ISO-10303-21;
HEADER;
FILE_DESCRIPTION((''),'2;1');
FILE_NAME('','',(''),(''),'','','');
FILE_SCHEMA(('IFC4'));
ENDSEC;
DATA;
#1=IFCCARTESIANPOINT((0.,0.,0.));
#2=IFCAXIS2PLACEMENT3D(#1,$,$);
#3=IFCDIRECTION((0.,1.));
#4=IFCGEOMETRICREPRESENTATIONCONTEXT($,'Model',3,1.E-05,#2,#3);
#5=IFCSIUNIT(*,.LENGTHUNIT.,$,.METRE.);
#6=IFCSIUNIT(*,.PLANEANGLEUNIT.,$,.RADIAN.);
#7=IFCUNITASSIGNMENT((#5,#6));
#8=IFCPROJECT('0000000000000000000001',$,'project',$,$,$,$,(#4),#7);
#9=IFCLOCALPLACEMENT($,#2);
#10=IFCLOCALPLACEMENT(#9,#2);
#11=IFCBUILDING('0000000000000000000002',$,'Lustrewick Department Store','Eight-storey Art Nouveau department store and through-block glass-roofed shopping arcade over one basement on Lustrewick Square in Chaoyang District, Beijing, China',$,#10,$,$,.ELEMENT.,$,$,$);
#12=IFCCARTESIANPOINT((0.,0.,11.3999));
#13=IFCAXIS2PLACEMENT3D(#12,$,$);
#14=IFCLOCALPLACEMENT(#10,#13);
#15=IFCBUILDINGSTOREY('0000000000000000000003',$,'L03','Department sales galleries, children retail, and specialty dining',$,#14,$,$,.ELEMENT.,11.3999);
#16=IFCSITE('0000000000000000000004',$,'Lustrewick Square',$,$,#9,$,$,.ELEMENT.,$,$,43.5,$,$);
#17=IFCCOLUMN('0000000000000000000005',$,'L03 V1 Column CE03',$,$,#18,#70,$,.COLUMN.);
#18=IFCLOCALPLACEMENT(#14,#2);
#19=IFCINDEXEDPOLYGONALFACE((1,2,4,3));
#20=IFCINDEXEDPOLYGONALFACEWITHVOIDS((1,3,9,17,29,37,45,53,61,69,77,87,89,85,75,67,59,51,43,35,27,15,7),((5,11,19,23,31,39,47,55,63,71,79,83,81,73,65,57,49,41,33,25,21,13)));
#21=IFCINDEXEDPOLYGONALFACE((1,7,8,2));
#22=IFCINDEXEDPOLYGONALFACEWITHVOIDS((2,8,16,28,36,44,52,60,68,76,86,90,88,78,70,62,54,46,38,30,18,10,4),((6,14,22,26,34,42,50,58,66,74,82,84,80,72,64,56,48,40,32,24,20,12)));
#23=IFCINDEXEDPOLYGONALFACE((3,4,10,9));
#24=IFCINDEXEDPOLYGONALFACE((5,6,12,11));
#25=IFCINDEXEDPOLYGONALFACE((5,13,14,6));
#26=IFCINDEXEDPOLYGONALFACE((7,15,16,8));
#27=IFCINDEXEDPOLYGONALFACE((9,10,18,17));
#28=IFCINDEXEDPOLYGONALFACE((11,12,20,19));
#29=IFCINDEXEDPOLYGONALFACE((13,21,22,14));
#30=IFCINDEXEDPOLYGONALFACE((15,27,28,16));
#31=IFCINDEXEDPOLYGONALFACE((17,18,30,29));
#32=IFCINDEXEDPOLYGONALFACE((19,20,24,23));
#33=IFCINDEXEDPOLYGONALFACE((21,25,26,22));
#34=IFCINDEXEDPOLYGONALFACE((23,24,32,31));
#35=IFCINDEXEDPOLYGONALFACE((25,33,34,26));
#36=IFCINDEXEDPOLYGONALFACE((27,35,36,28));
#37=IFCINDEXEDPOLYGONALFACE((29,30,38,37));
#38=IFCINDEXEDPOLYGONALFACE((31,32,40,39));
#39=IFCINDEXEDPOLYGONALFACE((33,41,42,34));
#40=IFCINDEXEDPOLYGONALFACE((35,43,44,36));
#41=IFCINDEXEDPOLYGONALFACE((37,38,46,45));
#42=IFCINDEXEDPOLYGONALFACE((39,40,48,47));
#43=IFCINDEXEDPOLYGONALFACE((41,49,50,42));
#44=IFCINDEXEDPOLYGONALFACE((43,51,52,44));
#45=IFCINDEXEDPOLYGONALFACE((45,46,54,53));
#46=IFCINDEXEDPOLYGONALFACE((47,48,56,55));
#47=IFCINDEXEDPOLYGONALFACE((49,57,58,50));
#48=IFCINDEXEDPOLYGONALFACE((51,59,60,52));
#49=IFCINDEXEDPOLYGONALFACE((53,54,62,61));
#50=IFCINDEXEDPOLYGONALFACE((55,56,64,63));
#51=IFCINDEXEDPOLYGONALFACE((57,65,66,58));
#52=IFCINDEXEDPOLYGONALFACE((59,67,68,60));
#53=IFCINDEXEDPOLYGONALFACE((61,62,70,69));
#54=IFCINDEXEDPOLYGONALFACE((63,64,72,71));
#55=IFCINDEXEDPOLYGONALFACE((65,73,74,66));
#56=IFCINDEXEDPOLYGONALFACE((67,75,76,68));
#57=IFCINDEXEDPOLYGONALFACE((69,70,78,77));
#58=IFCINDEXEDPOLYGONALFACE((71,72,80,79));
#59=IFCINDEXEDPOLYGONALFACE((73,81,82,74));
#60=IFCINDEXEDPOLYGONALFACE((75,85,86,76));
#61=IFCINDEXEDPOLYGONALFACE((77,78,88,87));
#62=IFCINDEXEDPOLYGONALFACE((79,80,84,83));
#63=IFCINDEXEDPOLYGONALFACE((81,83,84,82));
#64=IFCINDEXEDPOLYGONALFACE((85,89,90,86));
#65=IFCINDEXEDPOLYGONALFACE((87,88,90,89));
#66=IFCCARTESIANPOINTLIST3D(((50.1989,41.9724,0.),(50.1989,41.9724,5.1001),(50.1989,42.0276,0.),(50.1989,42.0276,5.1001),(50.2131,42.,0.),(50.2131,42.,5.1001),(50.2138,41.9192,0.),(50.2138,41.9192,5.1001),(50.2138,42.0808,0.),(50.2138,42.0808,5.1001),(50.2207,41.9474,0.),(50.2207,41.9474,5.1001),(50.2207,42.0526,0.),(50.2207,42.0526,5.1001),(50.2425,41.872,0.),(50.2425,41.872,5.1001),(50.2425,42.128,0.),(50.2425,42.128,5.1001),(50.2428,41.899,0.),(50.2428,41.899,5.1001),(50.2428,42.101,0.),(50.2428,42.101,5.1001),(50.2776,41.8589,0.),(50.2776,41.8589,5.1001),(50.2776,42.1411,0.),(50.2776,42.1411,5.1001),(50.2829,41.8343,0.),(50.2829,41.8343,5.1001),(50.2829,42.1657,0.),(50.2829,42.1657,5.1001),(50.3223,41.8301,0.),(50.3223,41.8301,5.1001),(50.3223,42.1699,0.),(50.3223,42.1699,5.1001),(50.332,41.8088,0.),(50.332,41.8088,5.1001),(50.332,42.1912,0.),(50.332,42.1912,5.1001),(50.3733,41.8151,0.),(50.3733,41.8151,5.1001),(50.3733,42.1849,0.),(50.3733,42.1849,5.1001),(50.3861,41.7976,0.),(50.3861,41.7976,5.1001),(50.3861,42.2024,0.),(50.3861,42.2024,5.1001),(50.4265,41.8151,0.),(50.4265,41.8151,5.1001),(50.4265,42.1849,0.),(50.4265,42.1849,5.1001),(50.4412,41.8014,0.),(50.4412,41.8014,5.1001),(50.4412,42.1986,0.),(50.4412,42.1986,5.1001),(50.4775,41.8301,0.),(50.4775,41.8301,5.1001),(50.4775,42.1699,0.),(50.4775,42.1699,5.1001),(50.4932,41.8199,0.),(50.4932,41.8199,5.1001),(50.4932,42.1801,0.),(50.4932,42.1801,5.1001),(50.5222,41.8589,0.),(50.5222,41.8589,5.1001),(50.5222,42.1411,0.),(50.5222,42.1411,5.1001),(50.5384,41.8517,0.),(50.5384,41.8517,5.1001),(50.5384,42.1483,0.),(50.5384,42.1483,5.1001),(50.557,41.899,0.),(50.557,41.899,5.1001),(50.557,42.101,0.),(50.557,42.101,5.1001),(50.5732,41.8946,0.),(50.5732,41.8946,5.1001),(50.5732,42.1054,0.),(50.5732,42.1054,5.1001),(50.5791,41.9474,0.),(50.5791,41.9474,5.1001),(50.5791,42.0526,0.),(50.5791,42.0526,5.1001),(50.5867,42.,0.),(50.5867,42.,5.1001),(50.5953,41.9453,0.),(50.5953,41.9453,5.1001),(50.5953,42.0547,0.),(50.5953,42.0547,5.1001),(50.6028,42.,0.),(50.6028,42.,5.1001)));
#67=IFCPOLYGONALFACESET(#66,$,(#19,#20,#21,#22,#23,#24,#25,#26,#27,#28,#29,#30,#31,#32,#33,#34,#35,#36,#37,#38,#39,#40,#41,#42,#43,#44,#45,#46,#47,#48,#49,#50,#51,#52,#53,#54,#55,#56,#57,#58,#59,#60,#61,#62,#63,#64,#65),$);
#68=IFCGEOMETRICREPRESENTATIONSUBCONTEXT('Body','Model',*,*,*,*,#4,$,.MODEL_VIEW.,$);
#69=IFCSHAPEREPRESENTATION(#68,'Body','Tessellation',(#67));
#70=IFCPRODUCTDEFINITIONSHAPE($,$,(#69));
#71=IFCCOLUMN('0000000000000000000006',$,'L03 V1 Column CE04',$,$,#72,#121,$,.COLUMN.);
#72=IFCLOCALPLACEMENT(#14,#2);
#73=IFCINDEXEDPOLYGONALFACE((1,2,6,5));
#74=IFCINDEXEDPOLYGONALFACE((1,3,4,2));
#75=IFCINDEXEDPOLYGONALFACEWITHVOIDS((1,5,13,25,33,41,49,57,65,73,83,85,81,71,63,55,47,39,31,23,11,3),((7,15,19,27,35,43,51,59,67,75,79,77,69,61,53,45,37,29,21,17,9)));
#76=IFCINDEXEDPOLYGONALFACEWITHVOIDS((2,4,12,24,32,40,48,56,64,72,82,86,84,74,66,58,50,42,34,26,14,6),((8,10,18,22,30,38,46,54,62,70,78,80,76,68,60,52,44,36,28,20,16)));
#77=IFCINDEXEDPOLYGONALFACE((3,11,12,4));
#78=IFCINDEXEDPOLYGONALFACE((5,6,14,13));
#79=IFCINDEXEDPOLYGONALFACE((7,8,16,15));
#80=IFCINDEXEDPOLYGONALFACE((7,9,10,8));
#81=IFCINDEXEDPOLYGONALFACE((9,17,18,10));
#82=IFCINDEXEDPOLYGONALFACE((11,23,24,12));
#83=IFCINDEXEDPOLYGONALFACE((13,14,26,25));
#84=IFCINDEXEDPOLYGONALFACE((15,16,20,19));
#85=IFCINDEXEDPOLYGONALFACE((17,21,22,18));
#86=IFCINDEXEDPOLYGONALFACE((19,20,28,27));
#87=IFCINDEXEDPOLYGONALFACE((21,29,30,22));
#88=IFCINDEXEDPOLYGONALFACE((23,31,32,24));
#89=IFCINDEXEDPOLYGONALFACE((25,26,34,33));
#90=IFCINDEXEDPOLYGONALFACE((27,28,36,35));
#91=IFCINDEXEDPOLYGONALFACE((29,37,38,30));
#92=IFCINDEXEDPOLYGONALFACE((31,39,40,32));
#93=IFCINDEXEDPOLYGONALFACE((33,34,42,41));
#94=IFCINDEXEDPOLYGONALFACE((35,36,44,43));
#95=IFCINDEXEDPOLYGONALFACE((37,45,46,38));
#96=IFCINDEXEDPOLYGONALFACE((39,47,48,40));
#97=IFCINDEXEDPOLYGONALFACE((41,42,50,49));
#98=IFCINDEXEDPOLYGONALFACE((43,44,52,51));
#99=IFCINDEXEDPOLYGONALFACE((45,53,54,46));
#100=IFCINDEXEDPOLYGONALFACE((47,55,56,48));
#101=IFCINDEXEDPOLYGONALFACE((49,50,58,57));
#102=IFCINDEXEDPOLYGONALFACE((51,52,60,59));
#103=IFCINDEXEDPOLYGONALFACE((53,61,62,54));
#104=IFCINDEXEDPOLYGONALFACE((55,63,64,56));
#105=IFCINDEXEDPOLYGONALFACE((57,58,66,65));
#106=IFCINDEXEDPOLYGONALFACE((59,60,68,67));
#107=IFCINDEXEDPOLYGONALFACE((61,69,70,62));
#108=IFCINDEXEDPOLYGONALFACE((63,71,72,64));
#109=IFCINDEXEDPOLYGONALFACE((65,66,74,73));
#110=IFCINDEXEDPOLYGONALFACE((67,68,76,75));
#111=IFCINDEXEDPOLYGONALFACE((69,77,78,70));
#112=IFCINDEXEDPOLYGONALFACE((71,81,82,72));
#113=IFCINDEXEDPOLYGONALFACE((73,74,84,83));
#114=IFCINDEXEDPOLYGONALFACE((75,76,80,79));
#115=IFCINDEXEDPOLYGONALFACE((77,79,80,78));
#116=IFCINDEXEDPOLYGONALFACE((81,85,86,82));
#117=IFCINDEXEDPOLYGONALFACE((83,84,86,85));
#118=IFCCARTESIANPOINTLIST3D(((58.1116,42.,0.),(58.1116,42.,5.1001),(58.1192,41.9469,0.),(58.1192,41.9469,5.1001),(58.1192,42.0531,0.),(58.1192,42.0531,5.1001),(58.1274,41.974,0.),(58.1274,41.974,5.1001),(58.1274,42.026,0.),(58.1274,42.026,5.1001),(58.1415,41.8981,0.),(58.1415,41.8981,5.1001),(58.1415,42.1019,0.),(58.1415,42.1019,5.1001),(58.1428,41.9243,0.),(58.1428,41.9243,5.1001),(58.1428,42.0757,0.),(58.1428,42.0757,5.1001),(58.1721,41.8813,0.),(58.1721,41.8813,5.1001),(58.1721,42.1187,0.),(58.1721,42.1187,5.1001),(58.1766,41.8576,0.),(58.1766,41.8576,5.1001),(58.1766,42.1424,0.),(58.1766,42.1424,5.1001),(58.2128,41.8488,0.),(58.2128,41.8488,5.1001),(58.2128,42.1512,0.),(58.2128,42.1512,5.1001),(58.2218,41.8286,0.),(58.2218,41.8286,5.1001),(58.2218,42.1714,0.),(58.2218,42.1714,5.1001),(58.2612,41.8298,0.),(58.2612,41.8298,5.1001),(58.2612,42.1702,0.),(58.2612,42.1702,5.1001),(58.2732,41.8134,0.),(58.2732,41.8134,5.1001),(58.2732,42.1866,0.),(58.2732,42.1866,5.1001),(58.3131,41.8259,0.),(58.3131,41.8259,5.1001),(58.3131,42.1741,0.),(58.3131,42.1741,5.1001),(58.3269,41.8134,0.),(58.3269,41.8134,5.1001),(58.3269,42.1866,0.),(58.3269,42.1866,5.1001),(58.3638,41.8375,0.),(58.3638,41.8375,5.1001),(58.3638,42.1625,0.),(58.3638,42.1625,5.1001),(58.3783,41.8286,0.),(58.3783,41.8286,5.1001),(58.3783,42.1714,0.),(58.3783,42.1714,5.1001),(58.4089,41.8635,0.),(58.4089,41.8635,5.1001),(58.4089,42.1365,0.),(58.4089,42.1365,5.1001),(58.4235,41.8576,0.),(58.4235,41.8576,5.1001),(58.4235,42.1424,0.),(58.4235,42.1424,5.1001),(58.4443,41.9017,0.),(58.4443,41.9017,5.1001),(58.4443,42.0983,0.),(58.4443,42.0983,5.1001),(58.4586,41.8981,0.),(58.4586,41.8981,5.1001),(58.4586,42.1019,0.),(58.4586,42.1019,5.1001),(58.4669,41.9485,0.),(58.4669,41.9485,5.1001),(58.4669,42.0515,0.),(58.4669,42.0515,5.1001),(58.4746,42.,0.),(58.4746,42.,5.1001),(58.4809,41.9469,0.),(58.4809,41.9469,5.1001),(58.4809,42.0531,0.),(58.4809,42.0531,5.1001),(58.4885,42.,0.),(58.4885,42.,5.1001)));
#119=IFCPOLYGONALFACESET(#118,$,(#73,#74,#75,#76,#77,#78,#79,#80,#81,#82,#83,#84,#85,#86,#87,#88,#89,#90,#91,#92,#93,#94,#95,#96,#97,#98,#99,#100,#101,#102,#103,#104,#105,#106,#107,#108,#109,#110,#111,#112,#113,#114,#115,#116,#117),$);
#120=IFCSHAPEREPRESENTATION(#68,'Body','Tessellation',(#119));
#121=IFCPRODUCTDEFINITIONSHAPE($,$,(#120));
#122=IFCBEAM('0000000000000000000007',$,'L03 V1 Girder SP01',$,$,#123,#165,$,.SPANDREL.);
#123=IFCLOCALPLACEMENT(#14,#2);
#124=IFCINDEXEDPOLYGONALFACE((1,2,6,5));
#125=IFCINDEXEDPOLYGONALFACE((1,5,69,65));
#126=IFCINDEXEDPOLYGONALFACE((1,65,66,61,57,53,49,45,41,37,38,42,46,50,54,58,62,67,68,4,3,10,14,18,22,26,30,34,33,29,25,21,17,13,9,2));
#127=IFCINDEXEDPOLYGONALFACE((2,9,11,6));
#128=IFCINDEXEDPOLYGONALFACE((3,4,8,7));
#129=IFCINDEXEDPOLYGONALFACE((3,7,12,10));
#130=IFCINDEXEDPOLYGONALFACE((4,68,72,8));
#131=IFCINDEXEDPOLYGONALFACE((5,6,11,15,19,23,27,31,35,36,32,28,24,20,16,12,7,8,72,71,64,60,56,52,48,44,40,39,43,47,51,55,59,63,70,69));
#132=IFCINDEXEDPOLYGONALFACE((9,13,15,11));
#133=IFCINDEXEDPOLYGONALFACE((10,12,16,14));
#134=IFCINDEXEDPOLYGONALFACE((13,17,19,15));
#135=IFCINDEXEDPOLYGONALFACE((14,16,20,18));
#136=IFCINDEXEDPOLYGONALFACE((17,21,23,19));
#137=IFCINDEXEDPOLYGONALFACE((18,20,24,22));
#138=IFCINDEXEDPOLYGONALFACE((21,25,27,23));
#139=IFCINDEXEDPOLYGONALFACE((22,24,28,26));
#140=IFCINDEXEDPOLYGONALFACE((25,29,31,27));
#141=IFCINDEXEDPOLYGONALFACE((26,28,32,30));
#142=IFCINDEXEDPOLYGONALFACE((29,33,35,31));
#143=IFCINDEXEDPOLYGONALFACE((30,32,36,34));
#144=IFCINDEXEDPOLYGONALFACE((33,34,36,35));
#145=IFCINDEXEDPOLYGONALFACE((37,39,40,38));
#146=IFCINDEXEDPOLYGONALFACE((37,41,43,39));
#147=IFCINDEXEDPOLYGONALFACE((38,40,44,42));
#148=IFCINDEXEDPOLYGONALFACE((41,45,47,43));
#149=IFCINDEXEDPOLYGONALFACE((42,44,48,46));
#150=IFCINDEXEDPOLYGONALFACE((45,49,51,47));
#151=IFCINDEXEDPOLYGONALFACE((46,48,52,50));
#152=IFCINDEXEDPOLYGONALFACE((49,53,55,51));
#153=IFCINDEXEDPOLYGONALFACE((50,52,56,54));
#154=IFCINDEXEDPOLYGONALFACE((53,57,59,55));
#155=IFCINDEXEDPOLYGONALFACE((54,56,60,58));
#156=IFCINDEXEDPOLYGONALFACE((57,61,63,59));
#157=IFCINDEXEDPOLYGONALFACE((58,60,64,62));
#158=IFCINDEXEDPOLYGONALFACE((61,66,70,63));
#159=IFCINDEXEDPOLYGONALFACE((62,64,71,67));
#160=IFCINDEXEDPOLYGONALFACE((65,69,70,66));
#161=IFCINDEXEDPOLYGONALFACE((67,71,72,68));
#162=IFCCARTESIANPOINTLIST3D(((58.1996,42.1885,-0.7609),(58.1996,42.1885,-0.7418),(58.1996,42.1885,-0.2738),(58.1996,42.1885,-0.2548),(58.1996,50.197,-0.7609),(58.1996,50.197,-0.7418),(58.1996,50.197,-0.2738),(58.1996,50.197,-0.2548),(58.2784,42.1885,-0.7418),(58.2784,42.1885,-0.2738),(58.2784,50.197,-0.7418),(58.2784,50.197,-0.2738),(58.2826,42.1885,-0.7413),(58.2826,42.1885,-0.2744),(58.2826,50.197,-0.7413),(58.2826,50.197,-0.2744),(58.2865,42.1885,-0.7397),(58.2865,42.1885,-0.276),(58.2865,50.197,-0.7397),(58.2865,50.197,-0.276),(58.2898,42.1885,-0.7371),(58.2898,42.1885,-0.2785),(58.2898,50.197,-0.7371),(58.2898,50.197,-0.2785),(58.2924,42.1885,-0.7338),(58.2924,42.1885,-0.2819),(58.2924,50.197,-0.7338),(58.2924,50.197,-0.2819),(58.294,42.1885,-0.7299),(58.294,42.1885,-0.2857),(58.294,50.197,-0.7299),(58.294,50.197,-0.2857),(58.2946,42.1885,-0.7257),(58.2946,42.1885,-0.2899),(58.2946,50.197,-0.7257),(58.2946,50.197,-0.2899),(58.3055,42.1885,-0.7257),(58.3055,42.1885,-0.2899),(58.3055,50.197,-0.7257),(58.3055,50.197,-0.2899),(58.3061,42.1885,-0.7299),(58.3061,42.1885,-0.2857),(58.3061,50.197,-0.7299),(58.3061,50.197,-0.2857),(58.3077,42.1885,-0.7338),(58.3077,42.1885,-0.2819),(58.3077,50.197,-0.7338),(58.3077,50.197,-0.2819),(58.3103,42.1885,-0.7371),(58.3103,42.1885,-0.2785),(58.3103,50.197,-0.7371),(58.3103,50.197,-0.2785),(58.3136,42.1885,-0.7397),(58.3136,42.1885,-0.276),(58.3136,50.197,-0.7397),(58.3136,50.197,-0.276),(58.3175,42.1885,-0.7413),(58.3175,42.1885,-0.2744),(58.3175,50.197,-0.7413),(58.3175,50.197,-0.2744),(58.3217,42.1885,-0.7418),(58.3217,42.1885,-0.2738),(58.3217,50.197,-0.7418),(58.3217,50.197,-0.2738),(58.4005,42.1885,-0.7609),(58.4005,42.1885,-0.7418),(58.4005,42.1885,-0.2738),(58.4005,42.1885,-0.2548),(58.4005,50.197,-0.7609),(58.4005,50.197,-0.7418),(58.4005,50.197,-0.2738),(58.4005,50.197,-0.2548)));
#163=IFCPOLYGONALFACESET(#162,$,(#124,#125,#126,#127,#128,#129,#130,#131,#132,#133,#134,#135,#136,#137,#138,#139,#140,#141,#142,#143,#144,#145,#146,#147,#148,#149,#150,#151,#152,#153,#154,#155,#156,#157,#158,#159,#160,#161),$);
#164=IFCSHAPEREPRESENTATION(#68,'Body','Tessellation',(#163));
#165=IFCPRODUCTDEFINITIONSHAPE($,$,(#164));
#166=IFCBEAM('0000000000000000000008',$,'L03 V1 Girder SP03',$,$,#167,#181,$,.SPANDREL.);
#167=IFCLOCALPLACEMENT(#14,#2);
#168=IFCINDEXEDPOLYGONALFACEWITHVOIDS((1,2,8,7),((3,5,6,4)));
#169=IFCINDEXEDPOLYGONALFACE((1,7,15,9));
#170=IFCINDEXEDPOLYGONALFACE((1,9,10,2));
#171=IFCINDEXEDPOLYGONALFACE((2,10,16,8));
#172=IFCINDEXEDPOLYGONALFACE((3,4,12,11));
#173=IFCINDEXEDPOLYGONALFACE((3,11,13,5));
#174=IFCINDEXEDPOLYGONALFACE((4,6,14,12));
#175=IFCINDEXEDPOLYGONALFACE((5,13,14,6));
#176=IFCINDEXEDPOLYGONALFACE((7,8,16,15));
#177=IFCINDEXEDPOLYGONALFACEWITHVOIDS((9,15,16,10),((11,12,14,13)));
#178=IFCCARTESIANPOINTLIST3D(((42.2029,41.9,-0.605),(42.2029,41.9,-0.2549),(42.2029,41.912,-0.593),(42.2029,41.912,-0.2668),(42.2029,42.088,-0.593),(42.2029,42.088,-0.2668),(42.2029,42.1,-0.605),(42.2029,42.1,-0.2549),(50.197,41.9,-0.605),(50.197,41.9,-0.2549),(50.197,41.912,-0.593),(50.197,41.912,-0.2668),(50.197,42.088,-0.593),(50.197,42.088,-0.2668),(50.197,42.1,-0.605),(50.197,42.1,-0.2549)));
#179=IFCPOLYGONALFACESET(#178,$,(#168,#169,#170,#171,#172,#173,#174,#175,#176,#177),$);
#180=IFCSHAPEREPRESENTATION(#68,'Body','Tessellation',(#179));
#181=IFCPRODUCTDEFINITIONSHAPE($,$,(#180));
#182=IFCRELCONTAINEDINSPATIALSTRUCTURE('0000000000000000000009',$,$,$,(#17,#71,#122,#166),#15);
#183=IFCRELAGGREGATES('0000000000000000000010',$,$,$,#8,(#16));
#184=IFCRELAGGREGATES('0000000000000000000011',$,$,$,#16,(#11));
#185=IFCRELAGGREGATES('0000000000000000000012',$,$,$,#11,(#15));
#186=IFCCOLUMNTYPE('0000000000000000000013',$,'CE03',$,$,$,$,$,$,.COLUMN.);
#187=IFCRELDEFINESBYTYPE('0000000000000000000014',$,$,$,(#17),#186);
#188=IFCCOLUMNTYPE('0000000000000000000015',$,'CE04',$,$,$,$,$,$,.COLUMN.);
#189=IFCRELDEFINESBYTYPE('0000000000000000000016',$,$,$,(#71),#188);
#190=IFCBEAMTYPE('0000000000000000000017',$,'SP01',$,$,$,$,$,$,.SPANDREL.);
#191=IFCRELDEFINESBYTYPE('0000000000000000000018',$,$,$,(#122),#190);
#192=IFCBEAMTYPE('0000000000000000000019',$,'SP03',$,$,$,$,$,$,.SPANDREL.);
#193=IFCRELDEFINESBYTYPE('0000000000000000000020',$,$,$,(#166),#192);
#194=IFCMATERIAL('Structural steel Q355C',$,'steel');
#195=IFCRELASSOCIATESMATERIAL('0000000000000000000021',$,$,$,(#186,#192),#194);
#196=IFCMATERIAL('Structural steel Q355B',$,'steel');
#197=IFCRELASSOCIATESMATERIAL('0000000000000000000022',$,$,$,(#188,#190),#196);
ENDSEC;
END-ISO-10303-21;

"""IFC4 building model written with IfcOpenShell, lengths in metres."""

from ifc_helpers import new_model, si_unit, direction, frame, origin, origin_2d, place, context, subcontext, project, spatial, hollow_rectangle, hollow_circle, i_section, extrude, material, material_profile, profile_set, type_object, element, save


model = new_model("IFC4")

# Units and contexts
model_context = context("Model", 3, precision=1e-05, world=origin(), true_north=direction((0.0, 1.0)))
body_context = subcontext(model_context, "Body", "Model", "MODEL_VIEW")
ifc_project = project(units=[si_unit("LENGTHUNIT", "METRE"), si_unit("PLANEANGLEUNIT", "RADIAN")], contexts=[model_context])

# Site, building, storey
site_placement = place(None, origin())
site = spatial("IfcSite", under=ifc_project, at=site_placement, Name="Lustrewick Square", CompositionType="ELEMENT", RefElevation=43.5)
building_placement = place(site_placement, origin())
building = spatial("IfcBuilding", under=site, at=building_placement, Name="Lustrewick Department Store", Description="Eight-storey Art Nouveau department store and through-block glass-roofed shopping arcade over one basement on Lustrewick Square in Chaoyang District, Beijing, China", CompositionType="ELEMENT")
storey_placement = place(building_placement, frame((0.0, 0.0, 11.3999)))
storey = spatial("IfcBuildingStorey", under=building, at=storey_placement, Name="L03", Description="Department sales galleries, children retail, and specialty dining", CompositionType="ELEMENT", Elevation=11.3999)

# Columns
ifc_material_1 = material(Name="Structural steel Q355C", Category="steel")
ifc_material_profile_1 = material_profile(ifc_material_1, hollow_circle(Radius=0.2029, WallThickness=0.0161, at=origin_2d()), Name="CHS 406x16")
ifc_profile_set_1 = profile_set([ifc_material_profile_1], Name="Structural steel Q355C")
column_type_1 = type_object("IfcColumnType", Name="CE03", PredefinedType="COLUMN", material=ifc_profile_set_1)
column_1_placement = place(storey_placement, frame((50.3999, 42.0, 0.0), z_axis=(0.0, 0.0, 1.0), x_axis=(1.0, 0.0, 0.0)))
element("IfcColumn", 1, at=column_1_placement, inside=storey, type_object=column_type_1, Name="L03 V1 Column CE03", PredefinedType="COLUMN", context=body_context, shape_type="SweptSolid", body=[
    extrude(hollow_circle(Radius=0.2029, WallThickness=0.0161, at=origin_2d()), origin(), (0.0, 0.0, 1.0), 5.1001),
])
ifc_material_2 = material(Name="Structural steel Q355B", Category="steel")
ifc_material_profile_2 = material_profile(ifc_material_2, hollow_circle(Radius=0.1885, WallThickness=0.0139, at=origin_2d()), Name="CHS 377x14")
ifc_profile_set_2 = profile_set([ifc_material_profile_2], Name="Structural steel Q355B")
column_type_2 = type_object("IfcColumnType", Name="CE04", PredefinedType="COLUMN", material=ifc_profile_set_2)
column_2_placement = place(storey_placement, frame((58.3, 42.0, 0.0), z_axis=(0.0, 0.0, 1.0), x_axis=(1.0, 0.0, 0.0)))
element("IfcColumn", 2, at=column_2_placement, inside=storey, type_object=column_type_2, Name="L03 V1 Column CE04", PredefinedType="COLUMN", context=body_context, shape_type="SweptSolid", body=[
    extrude(hollow_circle(Radius=0.1885, WallThickness=0.0139, at=origin_2d()), origin(), (0.0, 0.0, 1.0), 5.1001),
])

# Beams
ifc_material_profile_3 = material_profile(ifc_material_2, i_section(OverallWidth=0.2009, OverallDepth=0.5061, WebThickness=0.011, FlangeThickness=0.019, FilletRadius=0.0161, at=origin_2d()), Name="HN 506x201x11x19")
ifc_profile_set_3 = profile_set([ifc_material_profile_3], Name="Structural steel Q355B")
beam_type_1 = type_object("IfcBeamType", Name="SP01", PredefinedType="SPANDREL", material=ifc_profile_set_3)
beam_1_placement = place(storey_placement, frame((58.3, 42.1885, -0.5078), z_axis=(0.0, 1.0, 0.0), x_axis=(-1.0, 0.0, 0.0)))
element("IfcBeam", 3, at=beam_1_placement, inside=storey, type_object=beam_type_1, Name="L03 V1 Girder SP01", PredefinedType="SPANDREL", context=body_context, shape_type="SweptSolid", body=[
    extrude(i_section(OverallWidth=0.2009, OverallDepth=0.5061, WebThickness=0.011, FlangeThickness=0.019, FilletRadius=0.0161, at=origin_2d()), origin(), (0.0, 0.0, 1.0), 8.0085),
])
ifc_material_profile_4 = material_profile(ifc_material_1, hollow_rectangle(XDim=0.2, YDim=0.3501, WallThickness=0.012, at=origin_2d()), Name="RHS 350x200x12")
ifc_profile_set_4 = profile_set([ifc_material_profile_4], Name="Structural steel Q355C")
beam_type_2 = type_object("IfcBeamType", Name="SP03", PredefinedType="SPANDREL", material=ifc_profile_set_4)
beam_2_placement = place(storey_placement, frame((42.2029, 42.0, -0.4299), z_axis=(1.0, 0.0, 0.0), x_axis=(0.0, 1.0, 0.0)))
element("IfcBeam", 4, at=beam_2_placement, inside=storey, type_object=beam_type_2, Name="L03 V1 Girder SP03", PredefinedType="SPANDREL", context=body_context, shape_type="SweptSolid", body=[
    extrude(hollow_rectangle(XDim=0.2, YDim=0.3501, WallThickness=0.012, at=origin_2d()), origin(), (0.0, 0.0, 1.0), 7.9941),
])

save(model, "model.ifc")
